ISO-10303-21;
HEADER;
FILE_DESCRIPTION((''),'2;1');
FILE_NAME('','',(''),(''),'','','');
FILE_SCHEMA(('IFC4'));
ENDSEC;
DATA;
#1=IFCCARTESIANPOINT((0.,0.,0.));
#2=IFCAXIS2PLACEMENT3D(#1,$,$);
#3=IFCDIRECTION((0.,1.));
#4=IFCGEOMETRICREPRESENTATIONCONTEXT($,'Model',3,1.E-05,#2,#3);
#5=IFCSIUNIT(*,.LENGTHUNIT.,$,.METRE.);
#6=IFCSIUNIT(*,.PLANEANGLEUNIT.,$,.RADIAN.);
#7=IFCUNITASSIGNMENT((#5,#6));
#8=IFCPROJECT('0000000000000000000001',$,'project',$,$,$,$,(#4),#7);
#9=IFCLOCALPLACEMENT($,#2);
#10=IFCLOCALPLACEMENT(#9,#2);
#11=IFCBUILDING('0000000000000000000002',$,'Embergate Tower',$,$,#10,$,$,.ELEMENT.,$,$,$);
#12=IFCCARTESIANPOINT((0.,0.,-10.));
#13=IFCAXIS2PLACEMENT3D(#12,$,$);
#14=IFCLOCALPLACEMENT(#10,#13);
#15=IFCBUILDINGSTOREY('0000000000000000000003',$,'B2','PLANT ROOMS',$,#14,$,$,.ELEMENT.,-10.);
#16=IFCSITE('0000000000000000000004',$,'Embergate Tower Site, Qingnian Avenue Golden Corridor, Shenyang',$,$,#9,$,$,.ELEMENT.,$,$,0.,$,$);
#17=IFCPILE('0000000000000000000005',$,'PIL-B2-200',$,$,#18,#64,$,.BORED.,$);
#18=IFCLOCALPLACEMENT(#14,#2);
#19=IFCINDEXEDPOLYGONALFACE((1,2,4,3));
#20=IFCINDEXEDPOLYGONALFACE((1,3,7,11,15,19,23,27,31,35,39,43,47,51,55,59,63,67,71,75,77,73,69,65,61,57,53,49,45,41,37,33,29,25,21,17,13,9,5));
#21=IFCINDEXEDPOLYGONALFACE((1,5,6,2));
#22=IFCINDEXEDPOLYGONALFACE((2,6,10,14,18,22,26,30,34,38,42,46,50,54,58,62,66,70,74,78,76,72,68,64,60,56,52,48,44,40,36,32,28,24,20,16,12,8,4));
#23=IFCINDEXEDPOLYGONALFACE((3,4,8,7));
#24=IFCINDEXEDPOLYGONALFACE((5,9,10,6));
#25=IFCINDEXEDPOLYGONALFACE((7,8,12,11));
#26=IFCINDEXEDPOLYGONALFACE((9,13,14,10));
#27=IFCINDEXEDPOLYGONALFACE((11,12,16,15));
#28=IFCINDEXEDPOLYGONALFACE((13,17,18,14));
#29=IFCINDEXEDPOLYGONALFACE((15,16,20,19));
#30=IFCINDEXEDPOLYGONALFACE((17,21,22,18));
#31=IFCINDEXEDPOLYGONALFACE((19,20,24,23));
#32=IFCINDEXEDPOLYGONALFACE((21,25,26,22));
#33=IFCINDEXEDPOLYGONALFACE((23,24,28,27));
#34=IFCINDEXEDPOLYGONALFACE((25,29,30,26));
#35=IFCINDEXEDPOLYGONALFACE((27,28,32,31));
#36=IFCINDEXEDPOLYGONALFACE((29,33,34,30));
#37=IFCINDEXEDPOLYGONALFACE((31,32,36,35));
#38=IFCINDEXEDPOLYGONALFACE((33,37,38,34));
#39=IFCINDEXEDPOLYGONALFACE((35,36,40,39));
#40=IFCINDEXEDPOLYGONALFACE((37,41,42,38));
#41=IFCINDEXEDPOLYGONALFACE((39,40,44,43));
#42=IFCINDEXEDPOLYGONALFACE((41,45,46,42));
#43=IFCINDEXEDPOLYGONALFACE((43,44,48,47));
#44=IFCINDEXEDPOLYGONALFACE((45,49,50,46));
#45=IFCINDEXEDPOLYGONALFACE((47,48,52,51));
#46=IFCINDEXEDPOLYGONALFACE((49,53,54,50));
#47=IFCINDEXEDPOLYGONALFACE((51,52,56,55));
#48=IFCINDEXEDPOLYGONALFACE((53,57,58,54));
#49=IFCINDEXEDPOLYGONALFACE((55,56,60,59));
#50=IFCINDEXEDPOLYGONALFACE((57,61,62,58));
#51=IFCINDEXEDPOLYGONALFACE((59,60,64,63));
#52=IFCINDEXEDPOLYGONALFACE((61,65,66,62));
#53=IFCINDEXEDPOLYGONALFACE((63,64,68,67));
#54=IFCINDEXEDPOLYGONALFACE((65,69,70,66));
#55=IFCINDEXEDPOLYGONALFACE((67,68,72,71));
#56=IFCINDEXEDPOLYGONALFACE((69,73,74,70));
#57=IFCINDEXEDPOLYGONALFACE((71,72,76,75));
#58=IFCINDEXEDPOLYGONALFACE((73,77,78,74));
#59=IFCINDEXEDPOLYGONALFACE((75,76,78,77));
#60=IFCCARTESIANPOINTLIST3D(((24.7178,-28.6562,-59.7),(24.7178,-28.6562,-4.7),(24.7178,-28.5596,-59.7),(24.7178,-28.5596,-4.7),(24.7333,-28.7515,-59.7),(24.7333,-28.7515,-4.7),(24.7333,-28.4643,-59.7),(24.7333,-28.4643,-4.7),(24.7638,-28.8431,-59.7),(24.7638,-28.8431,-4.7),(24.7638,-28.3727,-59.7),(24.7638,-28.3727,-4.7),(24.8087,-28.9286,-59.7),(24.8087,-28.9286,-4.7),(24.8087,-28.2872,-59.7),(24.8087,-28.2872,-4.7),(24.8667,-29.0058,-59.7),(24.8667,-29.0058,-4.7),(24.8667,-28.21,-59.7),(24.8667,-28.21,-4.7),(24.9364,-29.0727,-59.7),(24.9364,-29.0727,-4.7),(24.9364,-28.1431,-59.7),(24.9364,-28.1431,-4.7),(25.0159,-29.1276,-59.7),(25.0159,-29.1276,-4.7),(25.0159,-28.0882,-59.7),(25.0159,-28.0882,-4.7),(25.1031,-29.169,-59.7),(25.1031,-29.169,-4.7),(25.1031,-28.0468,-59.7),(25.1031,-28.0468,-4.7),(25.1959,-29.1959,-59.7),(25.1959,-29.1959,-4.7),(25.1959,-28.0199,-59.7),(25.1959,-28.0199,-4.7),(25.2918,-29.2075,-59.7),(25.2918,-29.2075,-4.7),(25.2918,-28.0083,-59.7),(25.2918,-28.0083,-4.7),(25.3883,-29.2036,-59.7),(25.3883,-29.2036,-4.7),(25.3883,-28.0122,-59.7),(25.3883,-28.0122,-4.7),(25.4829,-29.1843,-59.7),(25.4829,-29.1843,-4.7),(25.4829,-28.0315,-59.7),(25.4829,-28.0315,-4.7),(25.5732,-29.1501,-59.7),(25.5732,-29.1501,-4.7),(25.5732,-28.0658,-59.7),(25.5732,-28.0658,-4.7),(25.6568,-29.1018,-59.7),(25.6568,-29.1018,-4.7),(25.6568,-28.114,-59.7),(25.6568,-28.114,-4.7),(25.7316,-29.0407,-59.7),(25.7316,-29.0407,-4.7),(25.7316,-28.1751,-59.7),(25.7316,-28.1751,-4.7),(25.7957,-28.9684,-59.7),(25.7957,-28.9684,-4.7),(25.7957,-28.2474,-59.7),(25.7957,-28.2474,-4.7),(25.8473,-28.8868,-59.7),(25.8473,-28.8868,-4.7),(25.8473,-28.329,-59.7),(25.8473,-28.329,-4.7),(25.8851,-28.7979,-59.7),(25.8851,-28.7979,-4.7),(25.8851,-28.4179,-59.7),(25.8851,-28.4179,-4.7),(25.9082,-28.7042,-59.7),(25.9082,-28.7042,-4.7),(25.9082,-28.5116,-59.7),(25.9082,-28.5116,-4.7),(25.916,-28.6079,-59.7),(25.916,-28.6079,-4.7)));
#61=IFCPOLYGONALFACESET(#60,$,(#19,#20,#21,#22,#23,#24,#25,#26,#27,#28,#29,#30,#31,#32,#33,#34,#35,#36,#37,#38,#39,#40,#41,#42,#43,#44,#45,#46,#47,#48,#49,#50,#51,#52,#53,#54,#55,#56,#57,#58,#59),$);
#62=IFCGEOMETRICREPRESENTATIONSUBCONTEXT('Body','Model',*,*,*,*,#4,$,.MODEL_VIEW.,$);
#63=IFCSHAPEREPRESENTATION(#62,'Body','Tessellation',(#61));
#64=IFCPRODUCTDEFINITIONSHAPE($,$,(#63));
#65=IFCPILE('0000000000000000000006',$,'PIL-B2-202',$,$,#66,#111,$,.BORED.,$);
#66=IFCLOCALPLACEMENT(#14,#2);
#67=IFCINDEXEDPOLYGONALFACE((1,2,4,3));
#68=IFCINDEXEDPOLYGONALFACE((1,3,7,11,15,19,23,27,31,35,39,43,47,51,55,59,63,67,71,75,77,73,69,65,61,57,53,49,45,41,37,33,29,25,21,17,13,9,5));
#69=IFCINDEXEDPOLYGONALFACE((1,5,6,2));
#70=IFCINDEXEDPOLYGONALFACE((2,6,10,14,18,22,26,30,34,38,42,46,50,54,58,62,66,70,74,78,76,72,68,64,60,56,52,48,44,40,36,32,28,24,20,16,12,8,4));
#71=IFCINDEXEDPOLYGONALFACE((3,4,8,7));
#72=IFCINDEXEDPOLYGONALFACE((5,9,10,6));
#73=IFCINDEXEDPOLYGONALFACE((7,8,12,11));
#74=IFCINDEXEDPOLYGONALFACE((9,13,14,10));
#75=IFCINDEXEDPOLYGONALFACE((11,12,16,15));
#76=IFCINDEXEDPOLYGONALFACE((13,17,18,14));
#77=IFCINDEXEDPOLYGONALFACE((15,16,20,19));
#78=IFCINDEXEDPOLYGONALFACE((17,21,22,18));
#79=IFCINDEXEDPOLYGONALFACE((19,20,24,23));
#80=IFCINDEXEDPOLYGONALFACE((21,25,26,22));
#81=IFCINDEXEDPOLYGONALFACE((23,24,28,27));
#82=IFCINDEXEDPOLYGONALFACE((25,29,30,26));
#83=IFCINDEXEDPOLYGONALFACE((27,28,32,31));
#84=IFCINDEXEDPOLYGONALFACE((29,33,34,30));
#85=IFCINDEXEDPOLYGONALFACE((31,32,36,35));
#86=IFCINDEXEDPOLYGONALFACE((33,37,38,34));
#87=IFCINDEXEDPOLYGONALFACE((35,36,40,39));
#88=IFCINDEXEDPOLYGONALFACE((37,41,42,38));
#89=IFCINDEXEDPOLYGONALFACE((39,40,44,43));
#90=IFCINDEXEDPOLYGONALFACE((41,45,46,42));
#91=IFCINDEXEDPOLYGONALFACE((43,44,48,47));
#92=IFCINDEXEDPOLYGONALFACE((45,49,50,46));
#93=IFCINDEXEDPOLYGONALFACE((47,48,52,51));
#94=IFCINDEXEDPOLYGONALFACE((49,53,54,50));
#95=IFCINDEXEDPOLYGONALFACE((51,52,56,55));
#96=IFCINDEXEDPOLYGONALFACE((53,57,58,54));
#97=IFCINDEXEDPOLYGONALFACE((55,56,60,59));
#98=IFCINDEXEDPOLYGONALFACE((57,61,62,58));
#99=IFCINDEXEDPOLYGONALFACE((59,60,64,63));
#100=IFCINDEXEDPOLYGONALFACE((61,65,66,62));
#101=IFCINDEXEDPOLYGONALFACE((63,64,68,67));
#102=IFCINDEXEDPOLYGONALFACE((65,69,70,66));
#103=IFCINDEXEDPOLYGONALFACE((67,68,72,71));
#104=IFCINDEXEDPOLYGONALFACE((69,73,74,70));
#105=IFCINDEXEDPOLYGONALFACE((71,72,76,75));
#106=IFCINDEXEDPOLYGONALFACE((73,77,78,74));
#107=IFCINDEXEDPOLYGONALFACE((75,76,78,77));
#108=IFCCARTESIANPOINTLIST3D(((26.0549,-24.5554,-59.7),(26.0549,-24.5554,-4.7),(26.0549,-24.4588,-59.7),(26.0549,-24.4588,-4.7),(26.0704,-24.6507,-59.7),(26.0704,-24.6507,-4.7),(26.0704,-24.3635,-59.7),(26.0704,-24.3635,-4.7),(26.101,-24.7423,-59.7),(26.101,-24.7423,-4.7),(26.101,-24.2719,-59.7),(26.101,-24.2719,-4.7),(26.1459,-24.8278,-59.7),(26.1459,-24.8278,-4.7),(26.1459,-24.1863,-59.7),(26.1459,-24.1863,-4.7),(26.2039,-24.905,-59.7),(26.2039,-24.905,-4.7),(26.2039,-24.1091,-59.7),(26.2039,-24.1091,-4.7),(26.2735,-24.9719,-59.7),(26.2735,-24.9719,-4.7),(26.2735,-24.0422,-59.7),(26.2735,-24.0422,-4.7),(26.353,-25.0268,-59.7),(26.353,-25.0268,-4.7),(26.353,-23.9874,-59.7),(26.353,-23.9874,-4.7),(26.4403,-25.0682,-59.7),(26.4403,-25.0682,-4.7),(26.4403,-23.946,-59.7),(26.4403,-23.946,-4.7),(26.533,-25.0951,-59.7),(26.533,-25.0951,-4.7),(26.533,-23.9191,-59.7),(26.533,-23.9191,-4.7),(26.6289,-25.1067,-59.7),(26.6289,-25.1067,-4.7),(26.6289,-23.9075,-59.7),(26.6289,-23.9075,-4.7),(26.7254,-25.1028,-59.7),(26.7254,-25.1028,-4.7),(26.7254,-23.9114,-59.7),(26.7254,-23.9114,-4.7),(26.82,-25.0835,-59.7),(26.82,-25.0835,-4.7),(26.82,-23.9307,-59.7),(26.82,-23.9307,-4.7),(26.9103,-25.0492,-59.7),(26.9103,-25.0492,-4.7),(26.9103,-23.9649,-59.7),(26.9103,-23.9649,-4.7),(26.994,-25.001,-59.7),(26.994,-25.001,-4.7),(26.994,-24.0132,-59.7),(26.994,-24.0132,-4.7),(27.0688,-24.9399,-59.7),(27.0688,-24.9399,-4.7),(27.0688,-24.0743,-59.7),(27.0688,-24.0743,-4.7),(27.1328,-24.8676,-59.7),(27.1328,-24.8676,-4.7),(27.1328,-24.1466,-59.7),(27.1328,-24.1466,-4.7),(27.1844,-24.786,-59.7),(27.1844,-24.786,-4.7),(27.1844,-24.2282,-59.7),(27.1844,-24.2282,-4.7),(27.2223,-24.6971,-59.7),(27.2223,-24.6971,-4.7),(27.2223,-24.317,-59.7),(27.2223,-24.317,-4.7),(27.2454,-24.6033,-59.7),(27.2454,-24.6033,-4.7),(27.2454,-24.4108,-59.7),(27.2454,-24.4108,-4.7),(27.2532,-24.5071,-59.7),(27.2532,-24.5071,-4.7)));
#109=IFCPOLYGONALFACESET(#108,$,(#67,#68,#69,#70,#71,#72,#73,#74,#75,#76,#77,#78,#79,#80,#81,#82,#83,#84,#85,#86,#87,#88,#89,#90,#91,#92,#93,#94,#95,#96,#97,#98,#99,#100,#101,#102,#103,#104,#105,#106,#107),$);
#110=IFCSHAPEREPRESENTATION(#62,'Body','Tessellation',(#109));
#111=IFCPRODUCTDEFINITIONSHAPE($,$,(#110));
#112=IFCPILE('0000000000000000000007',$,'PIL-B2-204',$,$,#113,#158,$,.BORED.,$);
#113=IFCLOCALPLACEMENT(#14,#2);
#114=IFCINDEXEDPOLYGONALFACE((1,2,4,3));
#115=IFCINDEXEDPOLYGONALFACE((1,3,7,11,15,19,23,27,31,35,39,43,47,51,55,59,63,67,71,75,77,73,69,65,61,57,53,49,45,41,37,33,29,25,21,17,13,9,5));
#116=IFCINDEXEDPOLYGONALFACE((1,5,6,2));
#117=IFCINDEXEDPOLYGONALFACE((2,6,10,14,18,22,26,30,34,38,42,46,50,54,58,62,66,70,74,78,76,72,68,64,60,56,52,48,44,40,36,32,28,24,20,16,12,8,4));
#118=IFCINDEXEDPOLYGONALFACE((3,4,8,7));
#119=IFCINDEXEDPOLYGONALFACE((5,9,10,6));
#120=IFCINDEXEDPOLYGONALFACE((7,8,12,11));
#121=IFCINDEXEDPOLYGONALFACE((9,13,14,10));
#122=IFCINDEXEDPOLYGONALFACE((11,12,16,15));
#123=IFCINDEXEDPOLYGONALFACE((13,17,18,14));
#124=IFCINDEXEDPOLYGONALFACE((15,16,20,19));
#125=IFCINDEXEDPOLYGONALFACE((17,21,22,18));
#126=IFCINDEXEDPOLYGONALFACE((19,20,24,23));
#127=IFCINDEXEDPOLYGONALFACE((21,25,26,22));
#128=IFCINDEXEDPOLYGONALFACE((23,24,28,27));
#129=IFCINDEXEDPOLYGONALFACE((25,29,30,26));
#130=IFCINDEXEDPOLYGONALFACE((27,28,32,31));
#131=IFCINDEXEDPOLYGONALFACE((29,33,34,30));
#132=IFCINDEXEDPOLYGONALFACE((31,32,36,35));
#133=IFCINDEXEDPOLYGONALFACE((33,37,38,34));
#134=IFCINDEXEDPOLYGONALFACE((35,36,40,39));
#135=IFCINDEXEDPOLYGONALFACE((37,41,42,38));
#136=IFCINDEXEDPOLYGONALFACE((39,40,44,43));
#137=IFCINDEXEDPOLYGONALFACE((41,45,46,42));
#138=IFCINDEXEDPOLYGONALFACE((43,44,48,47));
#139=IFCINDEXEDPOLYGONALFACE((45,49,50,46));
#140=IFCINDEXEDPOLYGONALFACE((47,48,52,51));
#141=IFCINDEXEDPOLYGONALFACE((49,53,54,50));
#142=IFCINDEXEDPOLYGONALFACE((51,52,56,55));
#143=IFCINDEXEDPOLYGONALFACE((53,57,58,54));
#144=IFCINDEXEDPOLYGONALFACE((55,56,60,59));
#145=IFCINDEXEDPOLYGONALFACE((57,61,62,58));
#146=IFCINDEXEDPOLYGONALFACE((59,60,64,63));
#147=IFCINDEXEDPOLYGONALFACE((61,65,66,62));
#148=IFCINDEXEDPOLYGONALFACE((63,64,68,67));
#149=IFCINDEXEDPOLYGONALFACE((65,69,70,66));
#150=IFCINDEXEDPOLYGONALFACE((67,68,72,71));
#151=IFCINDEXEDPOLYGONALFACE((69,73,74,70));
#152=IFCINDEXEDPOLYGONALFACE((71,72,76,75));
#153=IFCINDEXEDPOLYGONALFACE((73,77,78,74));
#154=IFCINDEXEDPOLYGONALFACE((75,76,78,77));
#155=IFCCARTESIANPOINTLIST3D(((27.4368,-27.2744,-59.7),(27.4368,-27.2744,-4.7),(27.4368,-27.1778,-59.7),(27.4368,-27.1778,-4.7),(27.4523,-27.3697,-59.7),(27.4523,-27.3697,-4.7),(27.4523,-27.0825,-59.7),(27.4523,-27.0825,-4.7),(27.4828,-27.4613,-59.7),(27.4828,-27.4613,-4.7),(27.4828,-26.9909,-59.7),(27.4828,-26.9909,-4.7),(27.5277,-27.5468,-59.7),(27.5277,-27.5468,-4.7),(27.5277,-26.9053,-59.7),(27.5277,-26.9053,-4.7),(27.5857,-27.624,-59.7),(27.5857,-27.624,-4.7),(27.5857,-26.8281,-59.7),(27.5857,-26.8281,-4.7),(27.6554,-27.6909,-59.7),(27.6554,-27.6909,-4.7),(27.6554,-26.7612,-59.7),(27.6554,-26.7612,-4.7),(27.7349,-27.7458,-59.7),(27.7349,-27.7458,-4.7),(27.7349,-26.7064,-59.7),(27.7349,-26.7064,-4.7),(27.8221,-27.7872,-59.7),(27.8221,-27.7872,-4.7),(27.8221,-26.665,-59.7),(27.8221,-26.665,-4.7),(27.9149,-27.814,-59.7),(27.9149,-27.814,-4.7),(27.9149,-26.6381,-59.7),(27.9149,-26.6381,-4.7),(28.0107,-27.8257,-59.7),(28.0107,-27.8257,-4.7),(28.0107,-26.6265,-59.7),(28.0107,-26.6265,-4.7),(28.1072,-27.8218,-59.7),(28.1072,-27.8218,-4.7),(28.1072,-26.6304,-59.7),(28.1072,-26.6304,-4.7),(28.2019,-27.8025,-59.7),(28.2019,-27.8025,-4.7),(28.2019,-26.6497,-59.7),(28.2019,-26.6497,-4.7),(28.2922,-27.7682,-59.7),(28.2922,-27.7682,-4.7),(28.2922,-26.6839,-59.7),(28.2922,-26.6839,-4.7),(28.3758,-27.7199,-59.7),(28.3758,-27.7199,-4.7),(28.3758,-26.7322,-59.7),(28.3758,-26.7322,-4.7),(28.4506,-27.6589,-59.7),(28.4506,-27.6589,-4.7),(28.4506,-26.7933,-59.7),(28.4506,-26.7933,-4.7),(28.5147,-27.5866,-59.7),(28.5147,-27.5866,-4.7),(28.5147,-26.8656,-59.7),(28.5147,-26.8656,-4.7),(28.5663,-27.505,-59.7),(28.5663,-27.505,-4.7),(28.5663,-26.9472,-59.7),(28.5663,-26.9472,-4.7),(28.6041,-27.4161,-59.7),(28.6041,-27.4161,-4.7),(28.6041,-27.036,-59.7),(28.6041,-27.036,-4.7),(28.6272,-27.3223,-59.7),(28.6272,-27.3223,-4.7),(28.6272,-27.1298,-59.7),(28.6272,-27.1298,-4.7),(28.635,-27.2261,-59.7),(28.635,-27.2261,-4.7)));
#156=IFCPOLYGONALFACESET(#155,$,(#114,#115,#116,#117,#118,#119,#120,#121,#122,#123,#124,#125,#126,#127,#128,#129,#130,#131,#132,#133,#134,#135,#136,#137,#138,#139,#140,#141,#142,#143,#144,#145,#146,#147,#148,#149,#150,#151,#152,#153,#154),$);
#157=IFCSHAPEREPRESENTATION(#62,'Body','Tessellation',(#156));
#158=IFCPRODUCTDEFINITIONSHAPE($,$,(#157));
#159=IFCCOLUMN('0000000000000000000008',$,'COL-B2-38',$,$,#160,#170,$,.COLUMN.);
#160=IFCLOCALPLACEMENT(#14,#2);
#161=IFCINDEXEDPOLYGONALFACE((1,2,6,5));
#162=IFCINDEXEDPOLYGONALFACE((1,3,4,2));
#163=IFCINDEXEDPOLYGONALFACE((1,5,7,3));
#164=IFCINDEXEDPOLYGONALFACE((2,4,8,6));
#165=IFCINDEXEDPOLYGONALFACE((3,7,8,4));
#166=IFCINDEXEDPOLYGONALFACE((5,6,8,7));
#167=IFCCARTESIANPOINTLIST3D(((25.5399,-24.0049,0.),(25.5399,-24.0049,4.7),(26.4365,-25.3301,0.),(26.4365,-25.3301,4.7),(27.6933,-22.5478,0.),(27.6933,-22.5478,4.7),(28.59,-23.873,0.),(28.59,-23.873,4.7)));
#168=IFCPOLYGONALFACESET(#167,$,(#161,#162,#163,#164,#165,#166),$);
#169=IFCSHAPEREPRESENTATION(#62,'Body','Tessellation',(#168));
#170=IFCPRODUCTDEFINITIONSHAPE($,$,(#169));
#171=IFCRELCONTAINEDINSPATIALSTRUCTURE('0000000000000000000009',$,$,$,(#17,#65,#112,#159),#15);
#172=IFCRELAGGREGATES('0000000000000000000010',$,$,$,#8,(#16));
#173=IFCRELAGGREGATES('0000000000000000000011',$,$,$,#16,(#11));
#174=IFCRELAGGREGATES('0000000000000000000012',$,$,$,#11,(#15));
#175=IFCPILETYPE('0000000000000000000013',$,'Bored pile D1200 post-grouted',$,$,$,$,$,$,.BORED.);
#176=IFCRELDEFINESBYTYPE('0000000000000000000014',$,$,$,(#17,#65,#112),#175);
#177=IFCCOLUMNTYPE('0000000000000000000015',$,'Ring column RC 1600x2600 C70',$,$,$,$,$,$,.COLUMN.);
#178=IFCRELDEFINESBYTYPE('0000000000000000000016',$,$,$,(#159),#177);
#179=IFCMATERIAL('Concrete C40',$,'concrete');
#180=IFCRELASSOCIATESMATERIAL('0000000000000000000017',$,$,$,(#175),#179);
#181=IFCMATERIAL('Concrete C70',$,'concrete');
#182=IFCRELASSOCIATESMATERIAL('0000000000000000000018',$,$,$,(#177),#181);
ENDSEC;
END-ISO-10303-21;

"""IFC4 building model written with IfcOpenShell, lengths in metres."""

from ifc_helpers import new_model, si_unit, direction, frame, origin, origin_2d, place, context, subcontext, project, spatial, rectangle, circle, extrude, source, transform, mapped, material, material_profile, profile_set, type_object, element, save


model = new_model("IFC4")

# Units and contexts
model_context = context("Model", 3, precision=1e-05, world=origin(), true_north=direction((0.0, 1.0)))
body_context = subcontext(model_context, "Body", "Model", "MODEL_VIEW")
ifc_project = project(units=[si_unit("LENGTHUNIT", "METRE"), si_unit("PLANEANGLEUNIT", "RADIAN")], contexts=[model_context])

# Site, building, storey
site_placement = place(None, origin())
site = spatial("IfcSite", under=ifc_project, at=site_placement, Name="Embergate Tower Site, Qingnian Avenue Golden Corridor, Shenyang", CompositionType="ELEMENT", RefElevation=0.0)
building_placement = place(site_placement, origin())
building = spatial("IfcBuilding", under=site, at=building_placement, Name="Embergate Tower", CompositionType="ELEMENT")
storey_placement = place(building_placement, frame((0.0, 0.0, -10.0)))
storey = spatial("IfcBuildingStorey", under=building, at=storey_placement, Name="B2", Description="PLANT ROOMS", CompositionType="ELEMENT", Elevation=-10.0)

# Piles
ifc_material_1 = material(Name="Concrete C40", Category="concrete")
ifc_material_profile_1 = material_profile(ifc_material_1, circle(Radius=0.6001, at=origin_2d()), Name="D1200")
ifc_profile_set_1 = profile_set([ifc_material_profile_1], Name="Concrete C40")
pile_type = type_object("IfcPileType", Name="Bored pile D1200 post-grouted", PredefinedType="BORED", material=ifc_profile_set_1)
shared_shape_1 = source(origin(), body_context, "Body", "SweptSolid", [
    extrude(circle(Radius=0.6001, at=origin_2d()), origin(), (0.0, 0.0, 1.0), 55.0),
])
for number, where, z_axis, x_axis, name in (
    (1, (25.3159, -28.6079, -4.7), (0.0, 0.0, -1.0), (1.0, 0.0, 0.0), "PIL-B2-200"),
    (2, (26.6531, -24.5071, -4.7), (0.0, 0.0, -1.0), (1.0, 0.0, 0.0), "PIL-B2-202"),
    (3, (28.0349, -27.2261, -4.7), (0.0, 0.0, -1.0), (1.0, 0.0, 0.0), "PIL-B2-204"),
):
    element("IfcPile", number, at=place(storey_placement, frame(where, z_axis=z_axis, x_axis=x_axis)), inside=storey, type_object=pile_type, Name=name, PredefinedType="BORED", context=body_context, shape_type="MappedRepresentation", body=[
        mapped(shared_shape_1, transform((0.0, 0.0, 0.0))),
    ])

# Column
ifc_material_2 = material(Name="Concrete C70", Category="concrete")
ifc_material_profile_2 = material_profile(ifc_material_2, rectangle(XDim=1.6001, YDim=2.6001, at=origin_2d()), Name="RC 1600x2600")
ifc_profile_set_2 = profile_set([ifc_material_profile_2], Name="Concrete C70")
column_type = type_object("IfcColumnType", Name="Ring column RC 1600x2600 C70", PredefinedType="COLUMN", material=ifc_profile_set_2)
shared_shape_2 = source(origin(), body_context, "Body", "SweptSolid", [
    extrude(rectangle(XDim=1.6001, YDim=2.6001, at=origin_2d()), origin(), (0.0, 0.0, 1.0), 4.7),
])
column_placement = place(storey_placement, frame((27.0649, -23.939, 0.0), z_axis=(0.0, 0.0, 1.0), x_axis=(0.560393, -0.828227, 0.0)))
element("IfcColumn", 4, at=column_placement, inside=storey, type_object=column_type, Name="COL-B2-38", PredefinedType="COLUMN", context=body_context, shape_type="MappedRepresentation", body=[
    mapped(shared_shape_2, transform((0.0, 0.0, 0.0))),
])

save(model, "model.ifc")
